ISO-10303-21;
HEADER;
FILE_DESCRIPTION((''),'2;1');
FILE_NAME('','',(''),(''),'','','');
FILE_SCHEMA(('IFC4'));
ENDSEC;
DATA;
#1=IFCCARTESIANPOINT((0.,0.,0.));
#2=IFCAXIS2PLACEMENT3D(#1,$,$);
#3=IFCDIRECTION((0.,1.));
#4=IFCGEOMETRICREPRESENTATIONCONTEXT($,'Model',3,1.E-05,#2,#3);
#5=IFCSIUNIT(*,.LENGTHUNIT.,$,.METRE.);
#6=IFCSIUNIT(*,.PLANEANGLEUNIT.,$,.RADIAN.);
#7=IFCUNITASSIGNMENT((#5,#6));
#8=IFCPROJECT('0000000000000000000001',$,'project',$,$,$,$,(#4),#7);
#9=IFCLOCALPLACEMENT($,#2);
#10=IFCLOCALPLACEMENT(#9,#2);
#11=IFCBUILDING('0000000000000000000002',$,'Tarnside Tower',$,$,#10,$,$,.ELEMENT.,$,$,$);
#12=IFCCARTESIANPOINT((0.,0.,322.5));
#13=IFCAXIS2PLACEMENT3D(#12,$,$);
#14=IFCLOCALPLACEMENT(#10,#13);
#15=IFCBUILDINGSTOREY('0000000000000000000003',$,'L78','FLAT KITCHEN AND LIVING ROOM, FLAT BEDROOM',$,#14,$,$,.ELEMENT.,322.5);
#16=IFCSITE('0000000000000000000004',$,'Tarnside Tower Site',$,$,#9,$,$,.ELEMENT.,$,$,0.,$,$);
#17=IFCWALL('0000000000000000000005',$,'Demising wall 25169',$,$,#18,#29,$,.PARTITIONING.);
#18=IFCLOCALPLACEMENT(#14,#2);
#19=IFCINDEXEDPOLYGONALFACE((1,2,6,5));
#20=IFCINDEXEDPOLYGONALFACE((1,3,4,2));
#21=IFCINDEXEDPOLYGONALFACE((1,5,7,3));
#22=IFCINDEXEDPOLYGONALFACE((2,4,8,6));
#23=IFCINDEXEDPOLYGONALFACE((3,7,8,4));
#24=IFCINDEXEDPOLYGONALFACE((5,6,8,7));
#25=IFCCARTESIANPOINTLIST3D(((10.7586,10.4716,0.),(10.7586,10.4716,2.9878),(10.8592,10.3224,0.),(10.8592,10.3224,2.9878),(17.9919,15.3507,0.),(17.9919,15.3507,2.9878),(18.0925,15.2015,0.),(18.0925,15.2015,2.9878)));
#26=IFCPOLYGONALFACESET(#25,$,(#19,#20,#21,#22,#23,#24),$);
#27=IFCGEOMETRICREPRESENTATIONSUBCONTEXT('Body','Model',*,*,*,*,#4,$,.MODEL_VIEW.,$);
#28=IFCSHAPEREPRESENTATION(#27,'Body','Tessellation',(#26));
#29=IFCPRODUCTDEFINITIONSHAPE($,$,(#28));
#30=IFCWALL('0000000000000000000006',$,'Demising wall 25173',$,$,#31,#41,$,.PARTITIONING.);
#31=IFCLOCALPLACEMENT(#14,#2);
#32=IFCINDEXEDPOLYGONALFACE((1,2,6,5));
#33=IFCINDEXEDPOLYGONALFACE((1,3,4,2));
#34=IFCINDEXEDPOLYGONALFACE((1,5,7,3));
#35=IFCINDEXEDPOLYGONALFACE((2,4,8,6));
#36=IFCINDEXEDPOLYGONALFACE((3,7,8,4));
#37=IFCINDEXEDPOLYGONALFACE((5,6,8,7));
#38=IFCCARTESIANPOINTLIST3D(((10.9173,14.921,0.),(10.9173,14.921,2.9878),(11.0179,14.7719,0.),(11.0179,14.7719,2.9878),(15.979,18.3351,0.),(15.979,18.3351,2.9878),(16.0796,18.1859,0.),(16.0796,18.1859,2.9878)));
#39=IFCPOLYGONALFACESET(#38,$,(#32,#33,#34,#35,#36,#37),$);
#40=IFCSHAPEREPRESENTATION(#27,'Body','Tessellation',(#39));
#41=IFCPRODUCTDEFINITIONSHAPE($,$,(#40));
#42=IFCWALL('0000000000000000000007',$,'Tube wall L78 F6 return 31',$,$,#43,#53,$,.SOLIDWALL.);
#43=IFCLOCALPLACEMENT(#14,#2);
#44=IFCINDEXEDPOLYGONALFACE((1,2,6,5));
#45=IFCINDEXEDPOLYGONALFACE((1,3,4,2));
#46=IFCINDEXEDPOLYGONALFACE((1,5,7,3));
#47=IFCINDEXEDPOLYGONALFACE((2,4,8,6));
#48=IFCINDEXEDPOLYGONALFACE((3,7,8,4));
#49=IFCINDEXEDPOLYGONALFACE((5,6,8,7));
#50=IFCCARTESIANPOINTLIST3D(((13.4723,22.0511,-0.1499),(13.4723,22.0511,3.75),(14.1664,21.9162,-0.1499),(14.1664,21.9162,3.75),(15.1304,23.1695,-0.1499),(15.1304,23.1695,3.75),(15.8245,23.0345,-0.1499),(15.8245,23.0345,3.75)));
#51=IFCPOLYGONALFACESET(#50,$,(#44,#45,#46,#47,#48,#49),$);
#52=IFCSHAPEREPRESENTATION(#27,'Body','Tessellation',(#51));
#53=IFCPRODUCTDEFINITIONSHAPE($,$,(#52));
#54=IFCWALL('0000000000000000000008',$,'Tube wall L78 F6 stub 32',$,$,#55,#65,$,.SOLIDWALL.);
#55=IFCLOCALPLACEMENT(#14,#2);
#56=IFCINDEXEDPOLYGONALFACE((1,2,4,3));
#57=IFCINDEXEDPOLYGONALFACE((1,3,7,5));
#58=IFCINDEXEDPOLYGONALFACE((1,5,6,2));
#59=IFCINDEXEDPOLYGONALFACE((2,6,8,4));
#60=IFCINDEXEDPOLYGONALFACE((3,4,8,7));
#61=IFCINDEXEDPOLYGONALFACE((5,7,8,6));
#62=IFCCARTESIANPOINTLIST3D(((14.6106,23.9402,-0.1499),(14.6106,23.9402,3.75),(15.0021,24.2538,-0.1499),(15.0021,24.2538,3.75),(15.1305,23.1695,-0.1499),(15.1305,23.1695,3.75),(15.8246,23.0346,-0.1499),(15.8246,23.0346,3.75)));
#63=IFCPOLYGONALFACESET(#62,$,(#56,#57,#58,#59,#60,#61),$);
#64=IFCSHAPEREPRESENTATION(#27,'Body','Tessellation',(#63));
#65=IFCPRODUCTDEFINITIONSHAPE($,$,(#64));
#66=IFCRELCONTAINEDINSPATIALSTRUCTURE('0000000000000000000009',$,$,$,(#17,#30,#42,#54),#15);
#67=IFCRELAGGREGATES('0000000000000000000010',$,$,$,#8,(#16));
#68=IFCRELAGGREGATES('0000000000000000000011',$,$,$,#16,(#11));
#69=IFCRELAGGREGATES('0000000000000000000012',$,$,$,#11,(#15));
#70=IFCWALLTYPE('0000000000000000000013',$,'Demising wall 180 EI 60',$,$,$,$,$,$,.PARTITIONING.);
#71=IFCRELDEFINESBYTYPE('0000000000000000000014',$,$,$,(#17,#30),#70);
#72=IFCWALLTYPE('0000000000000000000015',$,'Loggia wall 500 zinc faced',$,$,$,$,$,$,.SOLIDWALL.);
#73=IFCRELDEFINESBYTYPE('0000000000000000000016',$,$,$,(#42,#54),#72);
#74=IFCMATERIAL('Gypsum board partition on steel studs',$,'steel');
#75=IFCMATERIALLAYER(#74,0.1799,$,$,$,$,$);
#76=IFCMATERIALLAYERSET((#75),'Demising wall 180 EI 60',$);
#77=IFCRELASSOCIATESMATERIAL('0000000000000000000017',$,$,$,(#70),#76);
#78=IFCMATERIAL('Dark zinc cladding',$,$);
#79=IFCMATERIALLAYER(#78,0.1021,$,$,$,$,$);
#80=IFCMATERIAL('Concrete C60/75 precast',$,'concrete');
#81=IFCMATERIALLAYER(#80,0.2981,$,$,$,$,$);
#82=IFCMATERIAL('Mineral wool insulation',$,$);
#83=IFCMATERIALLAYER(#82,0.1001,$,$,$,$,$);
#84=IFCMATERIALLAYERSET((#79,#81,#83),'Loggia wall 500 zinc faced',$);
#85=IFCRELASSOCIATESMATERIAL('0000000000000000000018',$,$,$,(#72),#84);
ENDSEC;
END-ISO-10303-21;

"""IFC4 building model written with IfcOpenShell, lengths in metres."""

from ifc_helpers import new_model, si_unit, direction, frame, frame_2d, origin, place, context, subcontext, project, spatial, polyline, rectangle, outline, extrude, material, layer, layer_set, type_object, element, save


model = new_model("IFC4")

# Units and contexts
model_context = context("Model", 3, precision=1e-05, world=origin(), true_north=direction((0.0, 1.0)))
body_context = subcontext(model_context, "Body", "Model", "MODEL_VIEW")
ifc_project = project(units=[si_unit("LENGTHUNIT", "METRE"), si_unit("PLANEANGLEUNIT", "RADIAN")], contexts=[model_context])

# Site, building, storey
site_placement = place(None, origin())
site = spatial("IfcSite", under=ifc_project, at=site_placement, Name="Tarnside Tower Site", CompositionType="ELEMENT", RefElevation=0.0)
building_placement = place(site_placement, origin())
building = spatial("IfcBuilding", under=site, at=building_placement, Name="Tarnside Tower", CompositionType="ELEMENT")
storey_placement = place(building_placement, frame((0.0, 0.0, 322.5)))
storey = spatial("IfcBuildingStorey", under=building, at=storey_placement, Name="L78", Description="FLAT KITCHEN AND LIVING ROOM, FLAT BEDROOM", CompositionType="ELEMENT", Elevation=322.5)

# Walls
ifc_material_1 = material(Name="Gypsum board partition on steel studs", Category="steel")
ifc_layer_1 = layer(ifc_material_1, 0.1799)
ifc_layer_set_1 = layer_set([ifc_layer_1], Name="Demising wall 180 EI 60")
wall_type_1 = type_object("IfcWallType", Name="Demising wall 180 EI 60", PredefinedType="PARTITIONING", material=ifc_layer_set_1)
wall_1_placement = place(storey_placement, frame((18.0422, 15.2761, 0.0), z_axis=(0.0, 0.0, 1.0), x_axis=(-0.829029, -0.559206, 0.0)))
element("IfcWall", 1, at=wall_1_placement, inside=storey, type_object=wall_type_1, Name="Demising wall 25169", PredefinedType="PARTITIONING", context=body_context, shape_type="SweptSolid", body=[
    extrude(rectangle(XDim=8.7251, YDim=0.1799, at=frame_2d((4.3625, 0.0))), origin(), (0.0, 0.0, 1.0), 2.9878),
])
wall_2_placement = place(storey_placement, frame((16.0293, 18.2605, 0.0), z_axis=(0.0, 0.0, 1.0), x_axis=(-0.829048, -0.559177, 0.0)))
element("IfcWall", 2, at=wall_2_placement, inside=storey, type_object=wall_type_1, Name="Demising wall 25173", PredefinedType="PARTITIONING", context=body_context, shape_type="SweptSolid", body=[
    extrude(rectangle(XDim=6.1055, YDim=0.1799, at=frame_2d((3.0527, 0.0))), origin(), (0.0, 0.0, 1.0), 2.9878),
])
ifc_material_2 = material(Name="Dark zinc cladding")
ifc_layer_2 = layer(ifc_material_2, 0.1021)
ifc_material_3 = material(Name="Concrete C60/75 precast", Category="concrete")
ifc_layer_3 = layer(ifc_material_3, 0.2981)
ifc_material_4 = material(Name="Mineral wool insulation")
ifc_layer_4 = layer(ifc_material_4, 0.1001)
ifc_layer_set_2 = layer_set([ifc_layer_2, ifc_layer_3, ifc_layer_4], Name="Loggia wall 500 zinc faced")
wall_type_2 = type_object("IfcWallType", Name="Loggia wall 500 zinc faced", PredefinedType="SOLIDWALL", material=ifc_layer_set_2)
wall_3_placement = place(storey_placement, frame((13.8193, 21.9836, -0.1499), z_axis=(0.0, 0.0, 1.0), x_axis=(0.829052, 0.559171, 0.0)))
element("IfcWall", 3, at=wall_3_placement, inside=storey, type_object=wall_type_2, Name="Tube wall L78 F6 return 31", PredefinedType="SOLIDWALL", context=body_context, shape_type="SweptSolid", body=[
    extrude(outline(polyline([(0.25, -0.25), (2.25, -0.25), (1.75, 0.25), (-0.25, 0.25), (0.25, -0.25)])), origin(), (0.0, 0.0, 1.0), 3.8999),
])
wall_4_placement = place(storey_placement, frame((15.4775, 23.1021, -0.1499), z_axis=(0.0, 0.0, 1.0), x_axis=(-0.559246, 0.829002, 0.0)))
element("IfcWall", 4, at=wall_4_placement, inside=storey, type_object=wall_type_2, Name="Tube wall L78 F6 stub 32", PredefinedType="SOLIDWALL", context=body_context, shape_type="SweptSolid", body=[
    extrude(outline(polyline([(-0.25, -0.25), (1.2207, -0.25), (1.1797, 0.25), (0.25, 0.25), (-0.25, -0.25)])), origin(), (0.0, 0.0, 1.0), 3.8999),
])

save(model, "model.ifc")
